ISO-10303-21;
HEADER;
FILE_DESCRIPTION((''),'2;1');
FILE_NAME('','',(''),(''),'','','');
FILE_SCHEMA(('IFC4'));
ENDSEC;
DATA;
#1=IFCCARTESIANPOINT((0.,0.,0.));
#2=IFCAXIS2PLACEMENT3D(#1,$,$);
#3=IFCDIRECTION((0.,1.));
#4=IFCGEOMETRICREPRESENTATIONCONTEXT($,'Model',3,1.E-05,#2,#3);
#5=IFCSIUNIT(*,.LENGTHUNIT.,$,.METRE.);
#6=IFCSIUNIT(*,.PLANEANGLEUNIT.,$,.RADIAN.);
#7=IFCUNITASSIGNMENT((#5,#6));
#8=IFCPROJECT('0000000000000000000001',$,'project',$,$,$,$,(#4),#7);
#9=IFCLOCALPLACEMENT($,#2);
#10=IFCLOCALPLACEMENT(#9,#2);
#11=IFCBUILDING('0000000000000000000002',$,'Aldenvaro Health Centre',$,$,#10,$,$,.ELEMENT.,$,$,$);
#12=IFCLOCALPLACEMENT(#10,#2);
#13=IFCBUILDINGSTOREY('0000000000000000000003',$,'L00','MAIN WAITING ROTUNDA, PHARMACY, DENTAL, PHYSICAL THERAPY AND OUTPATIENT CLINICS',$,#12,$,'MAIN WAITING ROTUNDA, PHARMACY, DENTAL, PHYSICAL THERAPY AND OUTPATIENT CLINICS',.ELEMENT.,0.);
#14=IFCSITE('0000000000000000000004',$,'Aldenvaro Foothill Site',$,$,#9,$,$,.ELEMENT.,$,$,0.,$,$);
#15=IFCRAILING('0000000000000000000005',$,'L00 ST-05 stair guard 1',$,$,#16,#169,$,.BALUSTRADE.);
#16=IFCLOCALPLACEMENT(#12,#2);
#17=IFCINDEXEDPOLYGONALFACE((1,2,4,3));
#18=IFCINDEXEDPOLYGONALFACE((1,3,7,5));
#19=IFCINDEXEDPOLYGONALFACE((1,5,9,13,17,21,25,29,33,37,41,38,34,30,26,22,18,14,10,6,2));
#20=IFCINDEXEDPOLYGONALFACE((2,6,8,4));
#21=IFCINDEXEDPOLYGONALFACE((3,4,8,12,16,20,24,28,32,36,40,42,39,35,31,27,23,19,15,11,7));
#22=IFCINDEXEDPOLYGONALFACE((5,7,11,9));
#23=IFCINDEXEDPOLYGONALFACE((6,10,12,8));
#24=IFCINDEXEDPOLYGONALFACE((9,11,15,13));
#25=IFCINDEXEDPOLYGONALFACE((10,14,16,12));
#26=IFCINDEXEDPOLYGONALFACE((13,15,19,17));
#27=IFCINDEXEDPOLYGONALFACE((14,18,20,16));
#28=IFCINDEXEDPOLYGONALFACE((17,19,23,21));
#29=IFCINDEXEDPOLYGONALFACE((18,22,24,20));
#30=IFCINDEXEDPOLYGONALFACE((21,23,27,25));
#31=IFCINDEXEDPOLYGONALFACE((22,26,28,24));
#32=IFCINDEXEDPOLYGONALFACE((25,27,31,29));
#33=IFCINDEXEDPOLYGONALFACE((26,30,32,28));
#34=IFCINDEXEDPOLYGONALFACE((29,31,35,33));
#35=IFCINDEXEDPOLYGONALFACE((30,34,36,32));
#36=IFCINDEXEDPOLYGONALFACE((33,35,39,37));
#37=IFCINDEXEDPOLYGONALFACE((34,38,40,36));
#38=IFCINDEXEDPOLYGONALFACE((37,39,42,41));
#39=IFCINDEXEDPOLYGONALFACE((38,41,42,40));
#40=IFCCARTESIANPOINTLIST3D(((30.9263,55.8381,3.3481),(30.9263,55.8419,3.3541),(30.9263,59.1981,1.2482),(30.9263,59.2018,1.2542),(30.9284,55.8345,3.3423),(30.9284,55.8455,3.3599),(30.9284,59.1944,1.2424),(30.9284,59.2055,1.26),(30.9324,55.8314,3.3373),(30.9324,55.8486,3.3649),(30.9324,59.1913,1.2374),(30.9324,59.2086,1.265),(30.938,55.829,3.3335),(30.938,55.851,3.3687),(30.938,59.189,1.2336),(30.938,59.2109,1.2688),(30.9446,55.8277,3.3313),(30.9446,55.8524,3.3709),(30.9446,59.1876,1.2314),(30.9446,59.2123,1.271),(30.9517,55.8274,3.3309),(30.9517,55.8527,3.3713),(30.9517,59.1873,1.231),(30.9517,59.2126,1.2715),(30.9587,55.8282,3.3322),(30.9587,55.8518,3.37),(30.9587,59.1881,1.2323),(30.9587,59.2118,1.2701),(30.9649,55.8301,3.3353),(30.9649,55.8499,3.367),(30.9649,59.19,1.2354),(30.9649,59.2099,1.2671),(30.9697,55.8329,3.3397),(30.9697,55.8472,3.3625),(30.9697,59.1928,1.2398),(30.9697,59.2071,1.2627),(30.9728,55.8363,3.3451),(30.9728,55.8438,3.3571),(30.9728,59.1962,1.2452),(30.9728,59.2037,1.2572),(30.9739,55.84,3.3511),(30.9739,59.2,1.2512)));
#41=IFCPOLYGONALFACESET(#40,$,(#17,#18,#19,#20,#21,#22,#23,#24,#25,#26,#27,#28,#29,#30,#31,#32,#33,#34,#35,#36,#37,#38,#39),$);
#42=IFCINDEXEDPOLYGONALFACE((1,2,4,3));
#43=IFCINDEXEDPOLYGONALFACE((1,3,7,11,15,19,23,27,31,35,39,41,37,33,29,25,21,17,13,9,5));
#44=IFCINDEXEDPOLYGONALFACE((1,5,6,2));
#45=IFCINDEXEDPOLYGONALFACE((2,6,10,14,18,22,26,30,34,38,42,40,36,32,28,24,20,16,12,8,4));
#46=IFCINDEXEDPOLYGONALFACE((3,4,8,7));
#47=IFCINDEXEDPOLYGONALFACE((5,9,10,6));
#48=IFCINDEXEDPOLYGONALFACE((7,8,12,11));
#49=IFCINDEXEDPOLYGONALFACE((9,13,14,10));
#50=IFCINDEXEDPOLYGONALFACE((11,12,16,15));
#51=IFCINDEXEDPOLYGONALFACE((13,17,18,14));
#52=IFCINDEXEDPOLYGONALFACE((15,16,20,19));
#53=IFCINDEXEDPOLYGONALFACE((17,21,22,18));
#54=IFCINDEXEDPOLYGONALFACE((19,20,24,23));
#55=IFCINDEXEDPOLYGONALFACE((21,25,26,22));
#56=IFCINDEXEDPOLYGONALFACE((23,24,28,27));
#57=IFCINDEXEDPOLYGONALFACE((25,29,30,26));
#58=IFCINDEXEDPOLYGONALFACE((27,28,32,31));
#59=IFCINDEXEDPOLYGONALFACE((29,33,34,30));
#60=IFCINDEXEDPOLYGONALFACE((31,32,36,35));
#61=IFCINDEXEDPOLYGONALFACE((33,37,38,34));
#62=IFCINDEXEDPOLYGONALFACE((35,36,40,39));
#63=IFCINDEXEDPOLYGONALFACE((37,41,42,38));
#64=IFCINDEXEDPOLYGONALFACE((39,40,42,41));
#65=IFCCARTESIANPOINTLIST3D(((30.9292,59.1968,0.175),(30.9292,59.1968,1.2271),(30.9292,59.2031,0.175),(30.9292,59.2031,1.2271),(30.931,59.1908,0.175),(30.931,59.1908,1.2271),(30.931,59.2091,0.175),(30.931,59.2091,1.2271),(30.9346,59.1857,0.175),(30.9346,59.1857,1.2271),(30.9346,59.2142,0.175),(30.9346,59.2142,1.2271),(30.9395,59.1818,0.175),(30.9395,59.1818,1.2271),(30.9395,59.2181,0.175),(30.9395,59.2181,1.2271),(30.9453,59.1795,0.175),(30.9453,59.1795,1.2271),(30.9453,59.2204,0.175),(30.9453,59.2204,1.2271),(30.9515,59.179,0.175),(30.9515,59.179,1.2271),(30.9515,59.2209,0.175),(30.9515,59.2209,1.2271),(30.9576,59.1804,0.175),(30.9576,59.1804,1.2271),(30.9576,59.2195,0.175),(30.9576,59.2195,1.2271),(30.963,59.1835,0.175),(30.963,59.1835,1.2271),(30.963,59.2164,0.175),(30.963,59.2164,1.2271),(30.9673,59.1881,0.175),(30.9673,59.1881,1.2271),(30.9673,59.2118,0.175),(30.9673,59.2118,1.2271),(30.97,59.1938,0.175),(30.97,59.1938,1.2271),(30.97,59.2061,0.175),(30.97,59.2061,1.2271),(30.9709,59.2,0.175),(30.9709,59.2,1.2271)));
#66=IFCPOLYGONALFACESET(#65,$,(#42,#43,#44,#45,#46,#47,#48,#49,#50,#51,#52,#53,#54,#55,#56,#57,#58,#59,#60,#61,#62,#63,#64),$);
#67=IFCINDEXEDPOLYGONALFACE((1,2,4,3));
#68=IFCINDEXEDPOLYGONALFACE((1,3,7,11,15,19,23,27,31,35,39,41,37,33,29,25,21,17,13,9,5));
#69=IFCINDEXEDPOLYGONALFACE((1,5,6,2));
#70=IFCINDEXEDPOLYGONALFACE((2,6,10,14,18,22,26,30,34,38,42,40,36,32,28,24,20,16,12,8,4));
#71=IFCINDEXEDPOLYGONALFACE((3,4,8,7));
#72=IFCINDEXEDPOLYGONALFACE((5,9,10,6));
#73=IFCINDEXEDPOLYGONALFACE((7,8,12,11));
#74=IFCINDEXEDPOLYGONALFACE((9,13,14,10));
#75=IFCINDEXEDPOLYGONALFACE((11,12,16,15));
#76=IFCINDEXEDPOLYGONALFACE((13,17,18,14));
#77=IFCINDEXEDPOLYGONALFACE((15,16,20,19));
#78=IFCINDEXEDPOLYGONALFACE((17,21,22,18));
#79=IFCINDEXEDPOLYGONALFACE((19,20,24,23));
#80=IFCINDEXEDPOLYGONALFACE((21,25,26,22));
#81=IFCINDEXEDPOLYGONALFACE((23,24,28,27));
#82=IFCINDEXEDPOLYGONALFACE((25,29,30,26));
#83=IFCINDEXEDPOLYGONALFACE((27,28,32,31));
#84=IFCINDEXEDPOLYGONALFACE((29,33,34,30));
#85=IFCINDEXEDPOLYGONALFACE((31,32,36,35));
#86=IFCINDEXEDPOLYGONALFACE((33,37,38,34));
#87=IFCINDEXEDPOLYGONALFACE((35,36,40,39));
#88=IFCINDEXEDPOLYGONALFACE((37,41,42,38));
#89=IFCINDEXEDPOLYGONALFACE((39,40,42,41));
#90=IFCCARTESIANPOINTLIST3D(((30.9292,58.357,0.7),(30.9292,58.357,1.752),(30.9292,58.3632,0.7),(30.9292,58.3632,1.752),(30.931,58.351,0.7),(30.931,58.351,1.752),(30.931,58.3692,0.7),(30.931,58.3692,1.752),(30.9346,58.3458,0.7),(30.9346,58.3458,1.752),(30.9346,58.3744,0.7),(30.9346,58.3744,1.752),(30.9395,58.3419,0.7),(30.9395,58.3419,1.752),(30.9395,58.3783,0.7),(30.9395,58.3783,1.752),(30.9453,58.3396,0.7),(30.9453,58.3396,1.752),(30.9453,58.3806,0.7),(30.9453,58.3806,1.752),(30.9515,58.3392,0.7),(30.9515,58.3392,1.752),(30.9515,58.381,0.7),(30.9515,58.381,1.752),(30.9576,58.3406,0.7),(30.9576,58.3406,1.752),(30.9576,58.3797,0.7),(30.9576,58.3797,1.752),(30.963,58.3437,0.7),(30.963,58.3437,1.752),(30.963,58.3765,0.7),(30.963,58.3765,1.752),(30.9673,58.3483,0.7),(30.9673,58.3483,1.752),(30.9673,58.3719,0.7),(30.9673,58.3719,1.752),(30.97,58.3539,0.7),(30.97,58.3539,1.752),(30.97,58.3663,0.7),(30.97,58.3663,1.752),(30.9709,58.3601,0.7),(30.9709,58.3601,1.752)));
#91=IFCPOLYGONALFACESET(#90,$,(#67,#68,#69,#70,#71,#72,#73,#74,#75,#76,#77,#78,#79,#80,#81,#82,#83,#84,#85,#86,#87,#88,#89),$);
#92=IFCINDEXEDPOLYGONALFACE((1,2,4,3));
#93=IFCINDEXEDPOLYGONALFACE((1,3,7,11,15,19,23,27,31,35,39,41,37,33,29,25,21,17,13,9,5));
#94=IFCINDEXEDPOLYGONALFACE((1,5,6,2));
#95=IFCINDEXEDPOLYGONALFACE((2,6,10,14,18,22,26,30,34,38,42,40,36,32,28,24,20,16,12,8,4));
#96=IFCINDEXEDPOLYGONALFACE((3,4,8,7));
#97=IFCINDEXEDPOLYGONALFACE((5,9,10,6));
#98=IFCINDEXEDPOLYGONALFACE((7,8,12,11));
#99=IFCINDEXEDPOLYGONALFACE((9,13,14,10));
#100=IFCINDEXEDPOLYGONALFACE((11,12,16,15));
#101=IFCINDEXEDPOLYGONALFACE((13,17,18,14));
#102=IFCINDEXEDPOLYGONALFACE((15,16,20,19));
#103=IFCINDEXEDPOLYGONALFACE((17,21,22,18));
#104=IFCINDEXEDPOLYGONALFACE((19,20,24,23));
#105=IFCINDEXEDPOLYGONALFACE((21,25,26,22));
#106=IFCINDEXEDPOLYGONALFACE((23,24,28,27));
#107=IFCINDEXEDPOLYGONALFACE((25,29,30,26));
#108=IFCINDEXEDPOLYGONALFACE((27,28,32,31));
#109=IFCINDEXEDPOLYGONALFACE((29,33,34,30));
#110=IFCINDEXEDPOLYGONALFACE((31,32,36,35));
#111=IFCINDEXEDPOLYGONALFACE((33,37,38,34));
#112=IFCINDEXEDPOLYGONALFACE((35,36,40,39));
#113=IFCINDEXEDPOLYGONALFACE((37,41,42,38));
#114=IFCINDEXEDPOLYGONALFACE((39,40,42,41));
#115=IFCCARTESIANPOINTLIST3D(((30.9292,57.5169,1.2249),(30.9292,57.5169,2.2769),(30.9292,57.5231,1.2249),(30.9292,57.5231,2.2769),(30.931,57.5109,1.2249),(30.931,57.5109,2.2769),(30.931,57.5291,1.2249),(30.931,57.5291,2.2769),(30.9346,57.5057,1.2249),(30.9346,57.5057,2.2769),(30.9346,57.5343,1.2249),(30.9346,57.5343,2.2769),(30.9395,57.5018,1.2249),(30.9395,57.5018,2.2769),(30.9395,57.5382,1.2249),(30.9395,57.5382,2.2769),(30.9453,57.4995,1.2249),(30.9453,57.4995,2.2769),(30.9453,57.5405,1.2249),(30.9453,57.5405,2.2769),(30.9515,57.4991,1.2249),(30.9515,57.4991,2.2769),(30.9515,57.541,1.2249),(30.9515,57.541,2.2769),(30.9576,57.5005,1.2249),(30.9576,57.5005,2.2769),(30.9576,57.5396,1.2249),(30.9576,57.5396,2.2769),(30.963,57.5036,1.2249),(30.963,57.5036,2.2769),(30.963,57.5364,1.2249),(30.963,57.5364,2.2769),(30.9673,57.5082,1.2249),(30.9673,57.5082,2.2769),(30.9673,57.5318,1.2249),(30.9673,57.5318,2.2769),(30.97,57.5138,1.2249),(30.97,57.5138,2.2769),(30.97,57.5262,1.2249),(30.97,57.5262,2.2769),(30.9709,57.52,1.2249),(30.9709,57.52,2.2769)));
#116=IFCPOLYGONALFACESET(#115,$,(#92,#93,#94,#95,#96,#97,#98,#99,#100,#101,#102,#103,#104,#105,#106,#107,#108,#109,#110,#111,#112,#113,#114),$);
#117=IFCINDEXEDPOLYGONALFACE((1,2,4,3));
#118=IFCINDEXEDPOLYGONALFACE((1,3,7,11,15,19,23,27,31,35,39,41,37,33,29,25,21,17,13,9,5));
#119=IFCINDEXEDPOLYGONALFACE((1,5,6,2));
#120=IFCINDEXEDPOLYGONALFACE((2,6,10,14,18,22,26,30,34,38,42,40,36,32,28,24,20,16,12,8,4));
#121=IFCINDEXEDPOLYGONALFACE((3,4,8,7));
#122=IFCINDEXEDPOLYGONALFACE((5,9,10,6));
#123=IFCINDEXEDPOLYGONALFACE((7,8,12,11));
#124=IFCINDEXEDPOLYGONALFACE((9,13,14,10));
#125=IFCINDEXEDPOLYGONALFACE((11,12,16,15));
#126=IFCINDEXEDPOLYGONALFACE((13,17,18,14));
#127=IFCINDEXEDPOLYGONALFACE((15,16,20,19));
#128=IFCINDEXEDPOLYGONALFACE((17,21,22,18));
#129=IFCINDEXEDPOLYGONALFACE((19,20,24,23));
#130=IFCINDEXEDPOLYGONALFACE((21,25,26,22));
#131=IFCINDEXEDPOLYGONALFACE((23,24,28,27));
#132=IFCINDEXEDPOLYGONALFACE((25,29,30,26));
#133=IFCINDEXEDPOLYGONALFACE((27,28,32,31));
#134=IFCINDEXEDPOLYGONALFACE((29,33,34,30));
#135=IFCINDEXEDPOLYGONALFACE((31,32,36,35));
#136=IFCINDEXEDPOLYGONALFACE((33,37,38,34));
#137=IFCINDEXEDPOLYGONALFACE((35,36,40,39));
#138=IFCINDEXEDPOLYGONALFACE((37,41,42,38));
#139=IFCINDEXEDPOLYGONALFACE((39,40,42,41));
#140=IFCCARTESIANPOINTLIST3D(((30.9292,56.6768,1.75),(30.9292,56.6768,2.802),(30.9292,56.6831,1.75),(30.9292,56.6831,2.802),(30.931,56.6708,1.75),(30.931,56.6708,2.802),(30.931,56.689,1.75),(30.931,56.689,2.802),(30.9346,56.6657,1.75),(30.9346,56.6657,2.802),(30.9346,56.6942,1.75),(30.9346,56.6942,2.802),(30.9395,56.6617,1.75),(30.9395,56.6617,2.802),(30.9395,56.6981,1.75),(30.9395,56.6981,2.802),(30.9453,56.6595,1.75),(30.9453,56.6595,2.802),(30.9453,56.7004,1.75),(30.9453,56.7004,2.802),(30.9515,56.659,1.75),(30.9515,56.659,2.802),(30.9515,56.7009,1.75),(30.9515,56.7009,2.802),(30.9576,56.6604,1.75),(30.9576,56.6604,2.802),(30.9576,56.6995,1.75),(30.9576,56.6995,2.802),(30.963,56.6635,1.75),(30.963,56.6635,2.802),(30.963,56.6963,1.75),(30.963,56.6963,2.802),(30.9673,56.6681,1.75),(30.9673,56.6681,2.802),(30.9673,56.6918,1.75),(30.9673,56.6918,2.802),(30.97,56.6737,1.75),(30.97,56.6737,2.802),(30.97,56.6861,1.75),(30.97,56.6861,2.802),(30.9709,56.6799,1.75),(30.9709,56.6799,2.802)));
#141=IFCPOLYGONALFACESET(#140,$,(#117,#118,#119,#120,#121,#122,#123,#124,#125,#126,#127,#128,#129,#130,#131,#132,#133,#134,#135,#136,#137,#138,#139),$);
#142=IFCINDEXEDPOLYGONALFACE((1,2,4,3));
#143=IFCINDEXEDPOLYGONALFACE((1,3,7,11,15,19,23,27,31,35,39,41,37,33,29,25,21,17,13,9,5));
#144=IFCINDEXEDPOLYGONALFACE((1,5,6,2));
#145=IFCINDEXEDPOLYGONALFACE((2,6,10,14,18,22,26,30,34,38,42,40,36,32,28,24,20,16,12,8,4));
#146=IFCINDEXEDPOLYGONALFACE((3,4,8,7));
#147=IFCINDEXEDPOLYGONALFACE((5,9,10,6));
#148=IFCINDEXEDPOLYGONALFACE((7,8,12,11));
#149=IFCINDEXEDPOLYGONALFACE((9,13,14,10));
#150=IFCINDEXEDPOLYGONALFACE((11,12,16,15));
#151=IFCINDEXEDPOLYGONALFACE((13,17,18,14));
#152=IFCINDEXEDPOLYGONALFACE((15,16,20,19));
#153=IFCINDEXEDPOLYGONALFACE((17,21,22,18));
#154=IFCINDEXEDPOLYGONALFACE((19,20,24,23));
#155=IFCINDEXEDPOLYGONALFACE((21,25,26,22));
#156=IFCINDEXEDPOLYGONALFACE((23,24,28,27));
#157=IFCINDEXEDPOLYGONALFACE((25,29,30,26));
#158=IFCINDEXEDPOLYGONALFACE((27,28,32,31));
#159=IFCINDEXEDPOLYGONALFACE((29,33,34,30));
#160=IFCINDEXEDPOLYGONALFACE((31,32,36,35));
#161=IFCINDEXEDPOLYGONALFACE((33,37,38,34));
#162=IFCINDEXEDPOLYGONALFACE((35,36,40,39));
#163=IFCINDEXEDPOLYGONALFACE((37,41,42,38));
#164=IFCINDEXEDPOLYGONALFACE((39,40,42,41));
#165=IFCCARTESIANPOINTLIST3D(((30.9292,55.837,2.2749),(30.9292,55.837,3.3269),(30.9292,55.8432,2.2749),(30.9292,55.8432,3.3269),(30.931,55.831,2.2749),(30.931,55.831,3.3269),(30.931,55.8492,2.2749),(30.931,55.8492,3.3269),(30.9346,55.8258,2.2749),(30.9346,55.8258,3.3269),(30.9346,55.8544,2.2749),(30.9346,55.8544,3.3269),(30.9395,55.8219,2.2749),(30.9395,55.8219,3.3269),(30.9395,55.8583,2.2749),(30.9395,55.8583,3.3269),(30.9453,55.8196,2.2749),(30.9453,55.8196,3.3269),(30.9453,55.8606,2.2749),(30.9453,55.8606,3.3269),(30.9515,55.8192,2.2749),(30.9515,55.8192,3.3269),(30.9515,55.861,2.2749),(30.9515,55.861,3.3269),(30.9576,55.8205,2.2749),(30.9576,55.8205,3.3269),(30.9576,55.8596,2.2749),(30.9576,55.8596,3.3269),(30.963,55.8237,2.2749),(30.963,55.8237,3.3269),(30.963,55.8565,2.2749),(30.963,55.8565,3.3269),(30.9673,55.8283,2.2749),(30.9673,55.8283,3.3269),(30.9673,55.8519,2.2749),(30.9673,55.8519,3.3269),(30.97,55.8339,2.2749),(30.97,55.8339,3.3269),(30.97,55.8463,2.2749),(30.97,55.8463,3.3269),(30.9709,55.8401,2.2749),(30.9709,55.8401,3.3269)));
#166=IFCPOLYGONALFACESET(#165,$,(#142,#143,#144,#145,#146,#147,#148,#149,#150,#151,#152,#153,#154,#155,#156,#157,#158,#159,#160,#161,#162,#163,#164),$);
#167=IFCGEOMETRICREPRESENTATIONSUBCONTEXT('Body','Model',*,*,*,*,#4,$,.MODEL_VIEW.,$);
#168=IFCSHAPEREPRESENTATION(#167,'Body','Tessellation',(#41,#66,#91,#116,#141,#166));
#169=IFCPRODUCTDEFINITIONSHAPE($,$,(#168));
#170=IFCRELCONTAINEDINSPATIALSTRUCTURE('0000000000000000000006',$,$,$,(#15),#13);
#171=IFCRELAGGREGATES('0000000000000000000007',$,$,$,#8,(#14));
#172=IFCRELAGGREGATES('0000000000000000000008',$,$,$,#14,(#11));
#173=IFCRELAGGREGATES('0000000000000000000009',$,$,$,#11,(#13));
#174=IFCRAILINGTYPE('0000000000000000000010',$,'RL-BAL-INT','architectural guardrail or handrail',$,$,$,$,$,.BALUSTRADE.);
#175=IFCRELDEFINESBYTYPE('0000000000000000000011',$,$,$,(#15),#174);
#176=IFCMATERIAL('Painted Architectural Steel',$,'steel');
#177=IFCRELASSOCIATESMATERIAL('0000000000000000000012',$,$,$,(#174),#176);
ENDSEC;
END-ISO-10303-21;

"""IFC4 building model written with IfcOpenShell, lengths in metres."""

from ifc_helpers import new_model, si_unit, direction, frame, origin, origin_2d, place, context, subcontext, project, spatial, circle, extrude, material, type_object, element, save


model = new_model("IFC4")

# Units and contexts
model_context = context("Model", 3, precision=1e-05, world=origin(), true_north=direction((0.0, 1.0)))
body_context = subcontext(model_context, "Body", "Model", "MODEL_VIEW")
ifc_project = project(units=[si_unit("LENGTHUNIT", "METRE"), si_unit("PLANEANGLEUNIT", "RADIAN")], contexts=[model_context])

# Site, building, storey
site_placement = place(None, origin())
site = spatial("IfcSite", under=ifc_project, at=site_placement, Name="Aldenvaro Foothill Site", CompositionType="ELEMENT", RefElevation=0.0)
building_placement = place(site_placement, origin())
building = spatial("IfcBuilding", under=site, at=building_placement, Name="Aldenvaro Health Centre", CompositionType="ELEMENT")
storey_placement = place(building_placement, origin())
storey = spatial("IfcBuildingStorey", under=building, at=storey_placement, Name="L00", Description="MAIN WAITING ROTUNDA, PHARMACY, DENTAL, PHYSICAL THERAPY AND OUTPATIENT CLINICS", LongName="MAIN WAITING ROTUNDA, PHARMACY, DENTAL, PHYSICAL THERAPY AND OUTPATIENT CLINICS", CompositionType="ELEMENT", Elevation=0.0)

# Railing
ifc_material_1 = material(Name="Painted Architectural Steel", Category="steel")
railing_type_1 = type_object("IfcRailingType", Name="RL-BAL-INT", Description="architectural guardrail or handrail", PredefinedType="BALUSTRADE", material=ifc_material_1)
railing_1_placement = place(storey_placement, frame((30.95, 59.2, 0.175)))
element("IfcRailing", 1, at=railing_1_placement, inside=storey, type_object=railing_type_1, Name="L00 ST-05 stair guard 1", PredefinedType="BALUSTRADE", context=body_context, shape_type="SweptSolid", body=[
    extrude(circle(Radius=0.0239, at=origin_2d()), frame((0.0, 0.0, 1.0762), z_axis=(0.0, -0.848005, 0.529988), x_axis=(1.0, 0.0, 0.0)), (0.0, 0.0, 1.0), 3.9622),
    extrude(circle(Radius=0.021, at=origin_2d()), origin(), (0.0, 0.0, 1.0), 1.052),
    extrude(circle(Radius=0.021, at=origin_2d()), frame((0.0, -0.8398, 0.5249)), (0.0, 0.0, 1.0), 1.052),
    extrude(circle(Radius=0.021, at=origin_2d()), frame((0.0, -1.6799, 1.0498)), (0.0, 0.0, 1.0), 1.052),
    extrude(circle(Radius=0.021, at=origin_2d()), frame((0.0, -2.52, 1.575)), (0.0, 0.0, 1.0), 1.052),
    extrude(circle(Radius=0.021, at=origin_2d()), frame((0.0, -3.3599, 2.0999)), (0.0, 0.0, 1.0), 1.052),
])

save(model, "model.ifc")
